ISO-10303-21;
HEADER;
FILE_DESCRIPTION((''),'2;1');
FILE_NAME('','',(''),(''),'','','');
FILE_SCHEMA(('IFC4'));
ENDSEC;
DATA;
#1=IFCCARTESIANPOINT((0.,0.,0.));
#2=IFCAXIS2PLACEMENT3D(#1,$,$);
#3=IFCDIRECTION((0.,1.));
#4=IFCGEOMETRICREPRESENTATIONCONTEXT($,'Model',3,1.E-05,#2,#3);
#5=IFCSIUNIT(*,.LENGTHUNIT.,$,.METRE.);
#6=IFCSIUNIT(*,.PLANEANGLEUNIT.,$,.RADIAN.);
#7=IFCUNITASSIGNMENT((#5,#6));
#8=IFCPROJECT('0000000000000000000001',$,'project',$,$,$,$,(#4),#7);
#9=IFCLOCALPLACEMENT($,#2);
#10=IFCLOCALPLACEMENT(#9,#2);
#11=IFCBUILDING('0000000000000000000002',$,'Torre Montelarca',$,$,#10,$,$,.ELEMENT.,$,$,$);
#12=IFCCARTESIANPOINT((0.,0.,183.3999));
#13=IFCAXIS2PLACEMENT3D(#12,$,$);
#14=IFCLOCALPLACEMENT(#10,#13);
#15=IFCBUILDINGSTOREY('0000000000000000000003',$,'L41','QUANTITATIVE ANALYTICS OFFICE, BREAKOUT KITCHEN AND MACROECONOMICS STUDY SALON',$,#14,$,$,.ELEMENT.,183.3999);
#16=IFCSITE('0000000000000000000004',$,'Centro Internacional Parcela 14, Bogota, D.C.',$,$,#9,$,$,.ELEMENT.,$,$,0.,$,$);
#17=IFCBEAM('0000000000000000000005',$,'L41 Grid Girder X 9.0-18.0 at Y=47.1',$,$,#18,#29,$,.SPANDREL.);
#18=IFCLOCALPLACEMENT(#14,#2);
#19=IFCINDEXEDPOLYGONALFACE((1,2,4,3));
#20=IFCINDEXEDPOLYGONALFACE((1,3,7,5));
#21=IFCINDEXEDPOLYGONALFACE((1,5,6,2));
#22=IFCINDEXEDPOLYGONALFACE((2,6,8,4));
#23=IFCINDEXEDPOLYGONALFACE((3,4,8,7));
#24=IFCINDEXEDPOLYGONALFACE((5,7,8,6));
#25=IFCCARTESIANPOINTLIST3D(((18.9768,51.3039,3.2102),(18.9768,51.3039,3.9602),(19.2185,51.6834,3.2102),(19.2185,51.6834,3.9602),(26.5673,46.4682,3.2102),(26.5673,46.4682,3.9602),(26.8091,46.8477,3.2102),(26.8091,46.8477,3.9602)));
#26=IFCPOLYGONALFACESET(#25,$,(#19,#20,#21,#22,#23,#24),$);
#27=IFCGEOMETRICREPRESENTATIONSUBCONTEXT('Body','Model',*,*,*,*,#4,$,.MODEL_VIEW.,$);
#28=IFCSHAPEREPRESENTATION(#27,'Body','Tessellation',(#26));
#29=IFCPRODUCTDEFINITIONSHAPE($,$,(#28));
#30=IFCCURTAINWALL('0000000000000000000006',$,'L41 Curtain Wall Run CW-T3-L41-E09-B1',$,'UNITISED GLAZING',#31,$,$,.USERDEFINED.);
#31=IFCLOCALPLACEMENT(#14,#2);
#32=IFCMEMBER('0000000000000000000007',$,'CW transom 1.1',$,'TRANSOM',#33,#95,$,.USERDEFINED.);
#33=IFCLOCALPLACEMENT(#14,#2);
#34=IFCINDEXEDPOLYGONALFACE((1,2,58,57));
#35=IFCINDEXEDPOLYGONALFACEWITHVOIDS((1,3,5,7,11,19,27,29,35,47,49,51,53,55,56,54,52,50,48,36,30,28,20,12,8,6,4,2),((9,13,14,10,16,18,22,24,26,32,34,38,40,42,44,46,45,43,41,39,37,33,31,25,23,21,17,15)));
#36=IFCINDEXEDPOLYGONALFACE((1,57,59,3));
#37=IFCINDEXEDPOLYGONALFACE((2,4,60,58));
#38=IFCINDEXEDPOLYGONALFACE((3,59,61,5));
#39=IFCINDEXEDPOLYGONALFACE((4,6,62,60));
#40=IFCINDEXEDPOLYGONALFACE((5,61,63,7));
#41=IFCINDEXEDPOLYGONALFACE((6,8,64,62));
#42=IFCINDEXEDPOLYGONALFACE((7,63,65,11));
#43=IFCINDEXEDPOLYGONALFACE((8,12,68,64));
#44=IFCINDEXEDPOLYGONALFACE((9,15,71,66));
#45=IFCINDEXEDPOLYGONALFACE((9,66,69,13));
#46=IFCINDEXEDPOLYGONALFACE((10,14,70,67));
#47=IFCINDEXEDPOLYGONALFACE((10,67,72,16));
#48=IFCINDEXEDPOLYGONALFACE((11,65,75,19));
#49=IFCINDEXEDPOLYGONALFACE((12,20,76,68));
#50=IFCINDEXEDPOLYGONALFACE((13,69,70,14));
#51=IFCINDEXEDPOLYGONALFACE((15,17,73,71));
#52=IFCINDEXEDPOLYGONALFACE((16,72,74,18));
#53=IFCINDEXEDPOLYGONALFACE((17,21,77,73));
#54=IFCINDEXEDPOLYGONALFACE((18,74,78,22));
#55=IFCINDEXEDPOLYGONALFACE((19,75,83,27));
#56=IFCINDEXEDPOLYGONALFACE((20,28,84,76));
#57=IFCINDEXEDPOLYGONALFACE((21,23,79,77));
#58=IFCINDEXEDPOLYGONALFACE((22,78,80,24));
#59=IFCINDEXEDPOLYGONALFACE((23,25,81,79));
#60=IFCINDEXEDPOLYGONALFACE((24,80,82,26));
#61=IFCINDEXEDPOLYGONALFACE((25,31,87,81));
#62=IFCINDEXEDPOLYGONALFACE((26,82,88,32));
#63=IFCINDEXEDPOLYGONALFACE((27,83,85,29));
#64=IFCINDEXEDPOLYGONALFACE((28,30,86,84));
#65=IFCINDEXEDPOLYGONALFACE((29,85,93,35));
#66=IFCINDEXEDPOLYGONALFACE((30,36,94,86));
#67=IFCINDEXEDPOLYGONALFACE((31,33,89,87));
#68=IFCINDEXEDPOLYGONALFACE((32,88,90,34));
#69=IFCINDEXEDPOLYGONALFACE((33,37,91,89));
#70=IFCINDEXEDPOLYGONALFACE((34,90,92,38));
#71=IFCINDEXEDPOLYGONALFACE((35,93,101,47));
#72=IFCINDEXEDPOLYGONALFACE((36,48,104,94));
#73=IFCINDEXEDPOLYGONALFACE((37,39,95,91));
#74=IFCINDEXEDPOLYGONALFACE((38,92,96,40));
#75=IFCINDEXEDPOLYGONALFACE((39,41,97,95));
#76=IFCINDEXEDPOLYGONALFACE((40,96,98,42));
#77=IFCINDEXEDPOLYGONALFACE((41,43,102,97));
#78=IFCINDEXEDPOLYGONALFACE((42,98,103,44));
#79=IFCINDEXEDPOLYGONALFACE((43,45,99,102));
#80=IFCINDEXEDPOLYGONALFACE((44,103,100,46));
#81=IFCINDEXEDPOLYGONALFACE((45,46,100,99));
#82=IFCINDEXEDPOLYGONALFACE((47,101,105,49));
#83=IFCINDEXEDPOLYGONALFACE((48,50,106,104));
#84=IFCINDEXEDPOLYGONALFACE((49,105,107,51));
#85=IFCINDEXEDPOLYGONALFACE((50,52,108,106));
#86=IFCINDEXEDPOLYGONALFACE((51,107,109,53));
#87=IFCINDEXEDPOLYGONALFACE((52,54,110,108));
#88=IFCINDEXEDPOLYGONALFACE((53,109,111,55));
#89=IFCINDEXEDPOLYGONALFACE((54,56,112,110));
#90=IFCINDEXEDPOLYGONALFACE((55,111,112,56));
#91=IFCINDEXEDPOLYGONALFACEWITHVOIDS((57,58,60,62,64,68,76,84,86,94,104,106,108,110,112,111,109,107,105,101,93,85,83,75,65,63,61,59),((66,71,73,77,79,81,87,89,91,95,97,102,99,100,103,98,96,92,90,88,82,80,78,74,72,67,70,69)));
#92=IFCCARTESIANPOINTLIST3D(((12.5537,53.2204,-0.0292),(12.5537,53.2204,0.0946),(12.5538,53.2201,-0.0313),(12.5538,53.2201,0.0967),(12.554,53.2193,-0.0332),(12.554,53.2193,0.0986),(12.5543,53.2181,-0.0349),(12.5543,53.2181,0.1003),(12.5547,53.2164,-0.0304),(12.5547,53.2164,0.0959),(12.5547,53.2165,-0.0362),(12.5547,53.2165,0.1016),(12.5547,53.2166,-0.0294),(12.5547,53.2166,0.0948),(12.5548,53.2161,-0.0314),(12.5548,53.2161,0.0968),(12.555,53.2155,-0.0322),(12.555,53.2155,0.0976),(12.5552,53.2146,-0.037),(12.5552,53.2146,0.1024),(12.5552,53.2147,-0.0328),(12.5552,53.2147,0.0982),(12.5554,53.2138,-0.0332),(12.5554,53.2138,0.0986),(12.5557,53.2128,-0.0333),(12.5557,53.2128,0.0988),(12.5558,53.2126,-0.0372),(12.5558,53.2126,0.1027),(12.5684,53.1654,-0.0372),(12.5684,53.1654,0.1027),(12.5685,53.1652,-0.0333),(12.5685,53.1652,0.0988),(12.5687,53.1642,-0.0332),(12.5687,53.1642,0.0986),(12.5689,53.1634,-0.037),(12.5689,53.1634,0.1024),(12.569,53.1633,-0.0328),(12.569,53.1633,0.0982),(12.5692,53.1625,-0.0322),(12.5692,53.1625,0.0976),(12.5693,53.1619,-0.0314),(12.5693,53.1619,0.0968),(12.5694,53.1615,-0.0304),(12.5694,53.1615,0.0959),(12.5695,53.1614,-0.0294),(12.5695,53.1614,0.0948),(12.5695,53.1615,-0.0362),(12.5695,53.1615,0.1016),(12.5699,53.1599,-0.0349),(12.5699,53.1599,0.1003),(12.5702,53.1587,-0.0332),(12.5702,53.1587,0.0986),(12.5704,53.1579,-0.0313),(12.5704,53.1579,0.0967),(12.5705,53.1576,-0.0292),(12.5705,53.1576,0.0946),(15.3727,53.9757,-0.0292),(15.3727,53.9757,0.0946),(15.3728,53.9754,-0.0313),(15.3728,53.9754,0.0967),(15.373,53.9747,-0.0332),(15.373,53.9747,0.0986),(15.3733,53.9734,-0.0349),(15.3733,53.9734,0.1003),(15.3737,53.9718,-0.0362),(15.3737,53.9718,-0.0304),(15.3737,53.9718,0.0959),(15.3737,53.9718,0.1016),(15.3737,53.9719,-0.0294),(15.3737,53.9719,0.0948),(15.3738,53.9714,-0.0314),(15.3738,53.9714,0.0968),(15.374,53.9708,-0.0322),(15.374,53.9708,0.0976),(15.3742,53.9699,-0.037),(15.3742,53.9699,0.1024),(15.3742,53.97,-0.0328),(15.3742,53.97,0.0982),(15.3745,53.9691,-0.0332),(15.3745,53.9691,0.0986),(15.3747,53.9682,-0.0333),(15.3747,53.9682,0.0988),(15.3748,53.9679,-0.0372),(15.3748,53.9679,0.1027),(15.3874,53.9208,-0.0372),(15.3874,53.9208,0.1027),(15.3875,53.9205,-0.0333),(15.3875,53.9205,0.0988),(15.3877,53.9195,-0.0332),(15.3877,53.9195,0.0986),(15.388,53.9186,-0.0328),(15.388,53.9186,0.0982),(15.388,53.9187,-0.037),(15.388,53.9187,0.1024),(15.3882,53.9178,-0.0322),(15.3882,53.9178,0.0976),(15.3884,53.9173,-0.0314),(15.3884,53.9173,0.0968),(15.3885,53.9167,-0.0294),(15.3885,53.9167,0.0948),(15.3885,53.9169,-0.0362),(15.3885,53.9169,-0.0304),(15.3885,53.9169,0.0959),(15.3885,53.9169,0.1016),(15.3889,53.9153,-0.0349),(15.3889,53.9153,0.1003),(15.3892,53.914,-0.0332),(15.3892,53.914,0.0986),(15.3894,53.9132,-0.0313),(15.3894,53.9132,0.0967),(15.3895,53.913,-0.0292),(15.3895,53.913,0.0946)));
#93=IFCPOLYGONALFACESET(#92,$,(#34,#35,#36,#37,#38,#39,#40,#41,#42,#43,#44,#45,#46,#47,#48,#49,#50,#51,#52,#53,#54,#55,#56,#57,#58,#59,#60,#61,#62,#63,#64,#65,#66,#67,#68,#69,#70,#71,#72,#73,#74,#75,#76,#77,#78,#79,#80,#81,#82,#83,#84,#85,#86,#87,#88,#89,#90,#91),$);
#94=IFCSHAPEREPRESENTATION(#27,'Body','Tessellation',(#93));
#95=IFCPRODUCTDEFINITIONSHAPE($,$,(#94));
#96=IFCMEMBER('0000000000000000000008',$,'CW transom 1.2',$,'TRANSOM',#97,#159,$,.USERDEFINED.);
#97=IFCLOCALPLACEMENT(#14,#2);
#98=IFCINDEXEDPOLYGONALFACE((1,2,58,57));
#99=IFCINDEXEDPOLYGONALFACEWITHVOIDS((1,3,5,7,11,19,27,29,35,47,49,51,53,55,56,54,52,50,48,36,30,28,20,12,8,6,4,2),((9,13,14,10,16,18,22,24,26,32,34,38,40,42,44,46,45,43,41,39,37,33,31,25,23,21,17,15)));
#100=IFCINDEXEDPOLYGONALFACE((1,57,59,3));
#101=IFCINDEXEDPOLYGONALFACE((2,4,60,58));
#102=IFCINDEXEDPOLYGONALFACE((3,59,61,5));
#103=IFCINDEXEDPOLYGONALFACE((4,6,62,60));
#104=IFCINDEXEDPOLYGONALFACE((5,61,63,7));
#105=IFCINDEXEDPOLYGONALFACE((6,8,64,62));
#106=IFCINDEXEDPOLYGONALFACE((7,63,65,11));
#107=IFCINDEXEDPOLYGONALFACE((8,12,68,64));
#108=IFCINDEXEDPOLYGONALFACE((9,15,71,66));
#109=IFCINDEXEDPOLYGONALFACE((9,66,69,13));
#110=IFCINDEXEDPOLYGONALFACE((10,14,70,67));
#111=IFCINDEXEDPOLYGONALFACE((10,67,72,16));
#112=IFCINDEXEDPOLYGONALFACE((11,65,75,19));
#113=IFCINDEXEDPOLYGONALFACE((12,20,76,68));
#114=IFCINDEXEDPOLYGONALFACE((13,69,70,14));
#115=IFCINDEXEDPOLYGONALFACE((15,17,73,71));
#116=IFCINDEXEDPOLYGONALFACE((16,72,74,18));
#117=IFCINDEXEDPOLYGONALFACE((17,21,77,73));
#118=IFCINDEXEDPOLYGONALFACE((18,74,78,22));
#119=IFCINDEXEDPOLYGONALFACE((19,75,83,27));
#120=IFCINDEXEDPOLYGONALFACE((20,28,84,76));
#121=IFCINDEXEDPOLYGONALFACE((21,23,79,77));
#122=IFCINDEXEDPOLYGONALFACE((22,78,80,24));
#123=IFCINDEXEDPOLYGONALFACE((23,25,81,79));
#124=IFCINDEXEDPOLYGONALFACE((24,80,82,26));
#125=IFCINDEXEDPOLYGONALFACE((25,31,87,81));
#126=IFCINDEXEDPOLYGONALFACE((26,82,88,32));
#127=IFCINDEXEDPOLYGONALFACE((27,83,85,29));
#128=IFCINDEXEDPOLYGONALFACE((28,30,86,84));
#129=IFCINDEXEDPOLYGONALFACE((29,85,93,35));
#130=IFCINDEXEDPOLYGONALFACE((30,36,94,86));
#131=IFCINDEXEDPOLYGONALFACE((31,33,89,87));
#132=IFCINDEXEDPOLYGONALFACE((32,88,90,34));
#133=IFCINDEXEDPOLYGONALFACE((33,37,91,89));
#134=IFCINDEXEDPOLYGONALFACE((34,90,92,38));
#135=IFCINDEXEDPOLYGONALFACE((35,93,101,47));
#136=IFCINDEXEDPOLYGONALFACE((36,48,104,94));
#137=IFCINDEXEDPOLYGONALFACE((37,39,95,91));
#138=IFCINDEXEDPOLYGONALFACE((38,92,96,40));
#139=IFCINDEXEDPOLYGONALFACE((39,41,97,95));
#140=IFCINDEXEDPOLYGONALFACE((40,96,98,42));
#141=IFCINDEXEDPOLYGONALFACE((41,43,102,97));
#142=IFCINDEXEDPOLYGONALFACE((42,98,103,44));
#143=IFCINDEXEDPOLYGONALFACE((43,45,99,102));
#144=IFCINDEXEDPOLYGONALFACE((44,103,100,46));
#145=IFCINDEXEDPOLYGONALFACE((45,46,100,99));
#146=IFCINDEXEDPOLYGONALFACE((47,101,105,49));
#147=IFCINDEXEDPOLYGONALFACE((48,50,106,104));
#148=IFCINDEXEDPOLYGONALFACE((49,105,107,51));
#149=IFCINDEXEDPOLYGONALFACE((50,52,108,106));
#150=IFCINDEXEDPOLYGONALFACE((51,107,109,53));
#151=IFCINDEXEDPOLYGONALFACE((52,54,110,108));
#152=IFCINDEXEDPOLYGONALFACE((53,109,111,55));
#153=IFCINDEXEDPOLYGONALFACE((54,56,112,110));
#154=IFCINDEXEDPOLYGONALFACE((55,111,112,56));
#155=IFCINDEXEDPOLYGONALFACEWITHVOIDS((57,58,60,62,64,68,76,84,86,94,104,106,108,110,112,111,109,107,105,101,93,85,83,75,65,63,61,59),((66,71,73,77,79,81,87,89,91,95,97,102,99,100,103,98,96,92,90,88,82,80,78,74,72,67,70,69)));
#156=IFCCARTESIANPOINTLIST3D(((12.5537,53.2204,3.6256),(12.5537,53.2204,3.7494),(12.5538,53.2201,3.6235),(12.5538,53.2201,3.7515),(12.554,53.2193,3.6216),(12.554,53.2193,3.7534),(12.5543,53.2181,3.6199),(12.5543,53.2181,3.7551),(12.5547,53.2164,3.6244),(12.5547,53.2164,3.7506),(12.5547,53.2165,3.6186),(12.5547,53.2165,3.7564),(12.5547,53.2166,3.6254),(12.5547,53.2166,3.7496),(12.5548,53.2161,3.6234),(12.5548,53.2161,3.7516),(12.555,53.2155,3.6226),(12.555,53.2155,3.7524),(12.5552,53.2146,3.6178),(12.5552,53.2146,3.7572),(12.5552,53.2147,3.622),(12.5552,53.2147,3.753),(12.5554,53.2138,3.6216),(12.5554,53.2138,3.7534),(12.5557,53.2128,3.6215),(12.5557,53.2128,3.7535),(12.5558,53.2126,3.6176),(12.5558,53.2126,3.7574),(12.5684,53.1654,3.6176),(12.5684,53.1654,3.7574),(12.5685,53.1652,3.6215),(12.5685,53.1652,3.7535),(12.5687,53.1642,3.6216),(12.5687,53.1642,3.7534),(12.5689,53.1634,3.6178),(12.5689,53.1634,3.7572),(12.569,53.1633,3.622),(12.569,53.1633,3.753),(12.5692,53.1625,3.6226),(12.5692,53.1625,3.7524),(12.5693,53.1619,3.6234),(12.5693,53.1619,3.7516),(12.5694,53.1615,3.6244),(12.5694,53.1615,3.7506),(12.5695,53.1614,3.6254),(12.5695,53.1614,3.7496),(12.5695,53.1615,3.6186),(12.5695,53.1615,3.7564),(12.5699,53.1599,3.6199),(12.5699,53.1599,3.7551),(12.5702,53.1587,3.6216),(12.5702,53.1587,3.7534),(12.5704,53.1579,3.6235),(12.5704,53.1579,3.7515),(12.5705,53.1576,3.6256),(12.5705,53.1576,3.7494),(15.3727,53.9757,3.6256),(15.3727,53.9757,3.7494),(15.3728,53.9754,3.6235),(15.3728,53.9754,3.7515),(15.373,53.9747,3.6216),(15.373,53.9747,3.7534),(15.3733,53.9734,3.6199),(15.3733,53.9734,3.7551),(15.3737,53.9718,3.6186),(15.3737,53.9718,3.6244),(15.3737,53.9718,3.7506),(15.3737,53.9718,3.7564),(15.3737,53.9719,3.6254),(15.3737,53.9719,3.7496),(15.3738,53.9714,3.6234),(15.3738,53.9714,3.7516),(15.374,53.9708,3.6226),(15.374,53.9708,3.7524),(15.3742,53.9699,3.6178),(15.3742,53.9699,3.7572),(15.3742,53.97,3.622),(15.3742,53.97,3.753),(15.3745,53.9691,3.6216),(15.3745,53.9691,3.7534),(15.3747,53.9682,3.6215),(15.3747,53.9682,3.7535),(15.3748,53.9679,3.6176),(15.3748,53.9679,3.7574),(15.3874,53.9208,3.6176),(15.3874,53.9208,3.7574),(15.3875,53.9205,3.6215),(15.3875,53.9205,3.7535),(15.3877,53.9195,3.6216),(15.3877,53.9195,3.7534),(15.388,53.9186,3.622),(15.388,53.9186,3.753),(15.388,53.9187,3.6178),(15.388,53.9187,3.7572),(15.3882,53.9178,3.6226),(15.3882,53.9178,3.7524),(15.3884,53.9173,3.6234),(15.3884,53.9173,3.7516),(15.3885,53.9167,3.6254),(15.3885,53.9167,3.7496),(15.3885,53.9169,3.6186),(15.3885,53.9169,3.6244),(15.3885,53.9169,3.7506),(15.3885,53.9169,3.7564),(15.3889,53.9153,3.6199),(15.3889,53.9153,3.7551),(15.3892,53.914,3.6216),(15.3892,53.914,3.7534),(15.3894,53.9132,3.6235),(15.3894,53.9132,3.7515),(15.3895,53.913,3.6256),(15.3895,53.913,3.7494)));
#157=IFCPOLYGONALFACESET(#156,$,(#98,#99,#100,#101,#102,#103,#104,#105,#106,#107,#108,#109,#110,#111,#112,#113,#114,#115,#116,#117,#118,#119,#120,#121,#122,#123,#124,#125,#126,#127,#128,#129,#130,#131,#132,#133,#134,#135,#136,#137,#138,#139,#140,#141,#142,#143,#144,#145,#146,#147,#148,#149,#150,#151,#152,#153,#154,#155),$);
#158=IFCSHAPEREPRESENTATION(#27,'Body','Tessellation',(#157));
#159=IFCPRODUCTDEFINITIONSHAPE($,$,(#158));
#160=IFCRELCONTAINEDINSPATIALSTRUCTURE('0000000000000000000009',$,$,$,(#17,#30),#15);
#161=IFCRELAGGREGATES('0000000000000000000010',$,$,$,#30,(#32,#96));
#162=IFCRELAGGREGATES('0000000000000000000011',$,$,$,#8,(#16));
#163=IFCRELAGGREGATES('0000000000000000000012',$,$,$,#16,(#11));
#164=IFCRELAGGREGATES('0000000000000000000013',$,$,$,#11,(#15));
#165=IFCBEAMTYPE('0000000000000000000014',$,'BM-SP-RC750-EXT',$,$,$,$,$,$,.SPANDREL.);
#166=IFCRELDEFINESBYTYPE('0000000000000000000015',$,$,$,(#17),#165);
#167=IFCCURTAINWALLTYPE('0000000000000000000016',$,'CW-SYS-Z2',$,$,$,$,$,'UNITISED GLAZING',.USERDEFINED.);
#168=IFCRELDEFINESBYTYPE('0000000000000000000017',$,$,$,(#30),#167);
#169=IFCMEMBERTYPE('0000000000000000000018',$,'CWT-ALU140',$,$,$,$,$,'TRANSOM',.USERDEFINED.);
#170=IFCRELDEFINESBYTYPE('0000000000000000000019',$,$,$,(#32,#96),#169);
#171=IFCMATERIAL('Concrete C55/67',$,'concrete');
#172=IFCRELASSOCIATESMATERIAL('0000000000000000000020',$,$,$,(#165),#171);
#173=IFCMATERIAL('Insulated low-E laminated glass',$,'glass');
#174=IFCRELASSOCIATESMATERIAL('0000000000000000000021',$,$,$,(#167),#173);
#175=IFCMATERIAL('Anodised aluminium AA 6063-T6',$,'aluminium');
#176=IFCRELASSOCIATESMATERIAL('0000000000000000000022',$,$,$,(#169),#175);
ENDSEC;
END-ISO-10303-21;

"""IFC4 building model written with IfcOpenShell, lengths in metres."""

from ifc_helpers import new_model, si_unit, direction, frame, origin, origin_2d, place, context, subcontext, project, spatial, rectangle, hollow_rectangle, extrude, source, transform, mapped, material, material_profile, profile_set, type_object, element, aggregate, save


model = new_model("IFC4")

# Units and contexts
model_context = context("Model", 3, precision=1e-05, world=origin(), true_north=direction((0.0, 1.0)))
body_context = subcontext(model_context, "Body", "Model", "MODEL_VIEW")
ifc_project = project(units=[si_unit("LENGTHUNIT", "METRE"), si_unit("PLANEANGLEUNIT", "RADIAN")], contexts=[model_context])

# Site, building, storey
site_placement = place(None, origin())
site = spatial("IfcSite", under=ifc_project, at=site_placement, Name="Centro Internacional Parcela 14, Bogota, D.C.", CompositionType="ELEMENT", RefElevation=0.0)
building_placement = place(site_placement, origin())
building = spatial("IfcBuilding", under=site, at=building_placement, Name="Torre Montelarca", CompositionType="ELEMENT")
storey_placement = place(building_placement, frame((0.0, 0.0, 183.3999)))
storey = spatial("IfcBuildingStorey", under=building, at=storey_placement, Name="L41", Description="QUANTITATIVE ANALYTICS OFFICE, BREAKOUT KITCHEN AND MACROECONOMICS STUDY SALON", CompositionType="ELEMENT", Elevation=183.3999)

# Shared definitions
ifc_material_1 = material(Name="Concrete C55/67", Category="concrete")

# Beam
ifc_material_profile_1 = material_profile(ifc_material_1, rectangle(XDim=0.45, YDim=0.75, at=origin_2d()), Name="RCB450X750", Category="concrete")
ifc_profile_set_1 = profile_set([ifc_material_profile_1], Name="Concrete C55/67")
beam_type = type_object("IfcBeamType", Name="BM-SP-RC750-EXT", PredefinedType="SPANDREL", material=ifc_profile_set_1)
shared_shape_1 = source(origin(), body_context, "Body", "SweptSolid", [
    extrude(rectangle(XDim=0.45, YDim=0.75, at=origin_2d()), origin(), (0.0, 0.0, 1.0), 9.0),
])
beam_placement = place(storey_placement, frame((19.0977, 51.4937, 3.5852), z_axis=(0.843393, -0.537297, 0.0), x_axis=(0.537297, 0.843393, 0.0)))
element("IfcBeam", 1, at=beam_placement, inside=storey, type_object=beam_type, Name="L41 Grid Girder X 9.0-18.0 at Y=47.1", PredefinedType="SPANDREL", context=body_context, shape_type="MappedRepresentation", body=[
    mapped(shared_shape_1, transform((0.0, 0.0, 0.0), scale=1.0)),
])

# Curtain wall, members
ifc_material_2 = material(Name="Insulated low-E laminated glass", Category="glass")
curtain_wall_type = type_object("IfcCurtainWallType", Name="CW-SYS-Z2", ElementType="UNITISED GLAZING", PredefinedType="USERDEFINED", material=ifc_material_2)
curtain_wall_1_placement = place(storey_placement, origin())
curtain_wall_1 = element("IfcCurtainWall", 2, at=curtain_wall_1_placement, inside=storey, type_object=curtain_wall_type, Name="L41 Curtain Wall Run CW-T3-L41-E09-B1", ObjectType="UNITISED GLAZING", PredefinedType="USERDEFINED")
ifc_material_3 = material(Name="Anodised aluminium AA 6063-T6", Category="aluminium")
ifc_material_profile_2 = material_profile(ifc_material_3, hollow_rectangle(XDim=0.0649, YDim=0.1399, WallThickness=0.0039, InnerFilletRadius=0.0039, OuterFilletRadius=0.0081, at=origin_2d()), Name="ALU65X140X4", Category="aluminium")
ifc_profile_set_2 = profile_set([ifc_material_profile_2], Name="Anodised aluminium AA 6063-T6")
member_type_1 = type_object("IfcMemberType", Name="CWT-ALU140", ElementType="TRANSOM", PredefinedType="USERDEFINED", material=ifc_profile_set_2)
shared_shape_2 = source(origin(), body_context, "Body", "SweptSolid", [
    extrude(hollow_rectangle(XDim=0.0649, YDim=0.1399, WallThickness=0.0039, InnerFilletRadius=0.0039, OuterFilletRadius=0.0081, at=origin_2d()), origin(), (0.0, 0.0, 1.0), 2.9185),
])
member_1_placement = place(storey_placement, frame((15.3811, 53.9443, 0.0327), z_axis=(-0.965926, -0.258818, 0.0), x_axis=(0.258818, -0.965926, 0.0)))
member_1 = element("IfcMember", 3, at=member_1_placement, type_object=member_type_1, Name="CW transom 1.1", ObjectType="TRANSOM", PredefinedType="USERDEFINED", context=body_context, shape_type="MappedRepresentation", body=[
    mapped(shared_shape_2, transform((0.0, 0.0, 0.0), scale=1.0)),
])
member_2_placement = place(storey_placement, frame((15.3811, 53.9443, 3.6875), z_axis=(-0.965926, -0.258818, 0.0), x_axis=(0.258818, -0.965926, 0.0)))
member_2 = element("IfcMember", 4, at=member_2_placement, type_object=member_type_1, Name="CW transom 1.2", ObjectType="TRANSOM", PredefinedType="USERDEFINED", context=body_context, shape_type="MappedRepresentation", body=[
    mapped(shared_shape_2, transform((0.0, 0.0, 0.0), scale=1.0)),
])

aggregate(curtain_wall_1, [member_1, member_2])

save(model, "model.ifc")
